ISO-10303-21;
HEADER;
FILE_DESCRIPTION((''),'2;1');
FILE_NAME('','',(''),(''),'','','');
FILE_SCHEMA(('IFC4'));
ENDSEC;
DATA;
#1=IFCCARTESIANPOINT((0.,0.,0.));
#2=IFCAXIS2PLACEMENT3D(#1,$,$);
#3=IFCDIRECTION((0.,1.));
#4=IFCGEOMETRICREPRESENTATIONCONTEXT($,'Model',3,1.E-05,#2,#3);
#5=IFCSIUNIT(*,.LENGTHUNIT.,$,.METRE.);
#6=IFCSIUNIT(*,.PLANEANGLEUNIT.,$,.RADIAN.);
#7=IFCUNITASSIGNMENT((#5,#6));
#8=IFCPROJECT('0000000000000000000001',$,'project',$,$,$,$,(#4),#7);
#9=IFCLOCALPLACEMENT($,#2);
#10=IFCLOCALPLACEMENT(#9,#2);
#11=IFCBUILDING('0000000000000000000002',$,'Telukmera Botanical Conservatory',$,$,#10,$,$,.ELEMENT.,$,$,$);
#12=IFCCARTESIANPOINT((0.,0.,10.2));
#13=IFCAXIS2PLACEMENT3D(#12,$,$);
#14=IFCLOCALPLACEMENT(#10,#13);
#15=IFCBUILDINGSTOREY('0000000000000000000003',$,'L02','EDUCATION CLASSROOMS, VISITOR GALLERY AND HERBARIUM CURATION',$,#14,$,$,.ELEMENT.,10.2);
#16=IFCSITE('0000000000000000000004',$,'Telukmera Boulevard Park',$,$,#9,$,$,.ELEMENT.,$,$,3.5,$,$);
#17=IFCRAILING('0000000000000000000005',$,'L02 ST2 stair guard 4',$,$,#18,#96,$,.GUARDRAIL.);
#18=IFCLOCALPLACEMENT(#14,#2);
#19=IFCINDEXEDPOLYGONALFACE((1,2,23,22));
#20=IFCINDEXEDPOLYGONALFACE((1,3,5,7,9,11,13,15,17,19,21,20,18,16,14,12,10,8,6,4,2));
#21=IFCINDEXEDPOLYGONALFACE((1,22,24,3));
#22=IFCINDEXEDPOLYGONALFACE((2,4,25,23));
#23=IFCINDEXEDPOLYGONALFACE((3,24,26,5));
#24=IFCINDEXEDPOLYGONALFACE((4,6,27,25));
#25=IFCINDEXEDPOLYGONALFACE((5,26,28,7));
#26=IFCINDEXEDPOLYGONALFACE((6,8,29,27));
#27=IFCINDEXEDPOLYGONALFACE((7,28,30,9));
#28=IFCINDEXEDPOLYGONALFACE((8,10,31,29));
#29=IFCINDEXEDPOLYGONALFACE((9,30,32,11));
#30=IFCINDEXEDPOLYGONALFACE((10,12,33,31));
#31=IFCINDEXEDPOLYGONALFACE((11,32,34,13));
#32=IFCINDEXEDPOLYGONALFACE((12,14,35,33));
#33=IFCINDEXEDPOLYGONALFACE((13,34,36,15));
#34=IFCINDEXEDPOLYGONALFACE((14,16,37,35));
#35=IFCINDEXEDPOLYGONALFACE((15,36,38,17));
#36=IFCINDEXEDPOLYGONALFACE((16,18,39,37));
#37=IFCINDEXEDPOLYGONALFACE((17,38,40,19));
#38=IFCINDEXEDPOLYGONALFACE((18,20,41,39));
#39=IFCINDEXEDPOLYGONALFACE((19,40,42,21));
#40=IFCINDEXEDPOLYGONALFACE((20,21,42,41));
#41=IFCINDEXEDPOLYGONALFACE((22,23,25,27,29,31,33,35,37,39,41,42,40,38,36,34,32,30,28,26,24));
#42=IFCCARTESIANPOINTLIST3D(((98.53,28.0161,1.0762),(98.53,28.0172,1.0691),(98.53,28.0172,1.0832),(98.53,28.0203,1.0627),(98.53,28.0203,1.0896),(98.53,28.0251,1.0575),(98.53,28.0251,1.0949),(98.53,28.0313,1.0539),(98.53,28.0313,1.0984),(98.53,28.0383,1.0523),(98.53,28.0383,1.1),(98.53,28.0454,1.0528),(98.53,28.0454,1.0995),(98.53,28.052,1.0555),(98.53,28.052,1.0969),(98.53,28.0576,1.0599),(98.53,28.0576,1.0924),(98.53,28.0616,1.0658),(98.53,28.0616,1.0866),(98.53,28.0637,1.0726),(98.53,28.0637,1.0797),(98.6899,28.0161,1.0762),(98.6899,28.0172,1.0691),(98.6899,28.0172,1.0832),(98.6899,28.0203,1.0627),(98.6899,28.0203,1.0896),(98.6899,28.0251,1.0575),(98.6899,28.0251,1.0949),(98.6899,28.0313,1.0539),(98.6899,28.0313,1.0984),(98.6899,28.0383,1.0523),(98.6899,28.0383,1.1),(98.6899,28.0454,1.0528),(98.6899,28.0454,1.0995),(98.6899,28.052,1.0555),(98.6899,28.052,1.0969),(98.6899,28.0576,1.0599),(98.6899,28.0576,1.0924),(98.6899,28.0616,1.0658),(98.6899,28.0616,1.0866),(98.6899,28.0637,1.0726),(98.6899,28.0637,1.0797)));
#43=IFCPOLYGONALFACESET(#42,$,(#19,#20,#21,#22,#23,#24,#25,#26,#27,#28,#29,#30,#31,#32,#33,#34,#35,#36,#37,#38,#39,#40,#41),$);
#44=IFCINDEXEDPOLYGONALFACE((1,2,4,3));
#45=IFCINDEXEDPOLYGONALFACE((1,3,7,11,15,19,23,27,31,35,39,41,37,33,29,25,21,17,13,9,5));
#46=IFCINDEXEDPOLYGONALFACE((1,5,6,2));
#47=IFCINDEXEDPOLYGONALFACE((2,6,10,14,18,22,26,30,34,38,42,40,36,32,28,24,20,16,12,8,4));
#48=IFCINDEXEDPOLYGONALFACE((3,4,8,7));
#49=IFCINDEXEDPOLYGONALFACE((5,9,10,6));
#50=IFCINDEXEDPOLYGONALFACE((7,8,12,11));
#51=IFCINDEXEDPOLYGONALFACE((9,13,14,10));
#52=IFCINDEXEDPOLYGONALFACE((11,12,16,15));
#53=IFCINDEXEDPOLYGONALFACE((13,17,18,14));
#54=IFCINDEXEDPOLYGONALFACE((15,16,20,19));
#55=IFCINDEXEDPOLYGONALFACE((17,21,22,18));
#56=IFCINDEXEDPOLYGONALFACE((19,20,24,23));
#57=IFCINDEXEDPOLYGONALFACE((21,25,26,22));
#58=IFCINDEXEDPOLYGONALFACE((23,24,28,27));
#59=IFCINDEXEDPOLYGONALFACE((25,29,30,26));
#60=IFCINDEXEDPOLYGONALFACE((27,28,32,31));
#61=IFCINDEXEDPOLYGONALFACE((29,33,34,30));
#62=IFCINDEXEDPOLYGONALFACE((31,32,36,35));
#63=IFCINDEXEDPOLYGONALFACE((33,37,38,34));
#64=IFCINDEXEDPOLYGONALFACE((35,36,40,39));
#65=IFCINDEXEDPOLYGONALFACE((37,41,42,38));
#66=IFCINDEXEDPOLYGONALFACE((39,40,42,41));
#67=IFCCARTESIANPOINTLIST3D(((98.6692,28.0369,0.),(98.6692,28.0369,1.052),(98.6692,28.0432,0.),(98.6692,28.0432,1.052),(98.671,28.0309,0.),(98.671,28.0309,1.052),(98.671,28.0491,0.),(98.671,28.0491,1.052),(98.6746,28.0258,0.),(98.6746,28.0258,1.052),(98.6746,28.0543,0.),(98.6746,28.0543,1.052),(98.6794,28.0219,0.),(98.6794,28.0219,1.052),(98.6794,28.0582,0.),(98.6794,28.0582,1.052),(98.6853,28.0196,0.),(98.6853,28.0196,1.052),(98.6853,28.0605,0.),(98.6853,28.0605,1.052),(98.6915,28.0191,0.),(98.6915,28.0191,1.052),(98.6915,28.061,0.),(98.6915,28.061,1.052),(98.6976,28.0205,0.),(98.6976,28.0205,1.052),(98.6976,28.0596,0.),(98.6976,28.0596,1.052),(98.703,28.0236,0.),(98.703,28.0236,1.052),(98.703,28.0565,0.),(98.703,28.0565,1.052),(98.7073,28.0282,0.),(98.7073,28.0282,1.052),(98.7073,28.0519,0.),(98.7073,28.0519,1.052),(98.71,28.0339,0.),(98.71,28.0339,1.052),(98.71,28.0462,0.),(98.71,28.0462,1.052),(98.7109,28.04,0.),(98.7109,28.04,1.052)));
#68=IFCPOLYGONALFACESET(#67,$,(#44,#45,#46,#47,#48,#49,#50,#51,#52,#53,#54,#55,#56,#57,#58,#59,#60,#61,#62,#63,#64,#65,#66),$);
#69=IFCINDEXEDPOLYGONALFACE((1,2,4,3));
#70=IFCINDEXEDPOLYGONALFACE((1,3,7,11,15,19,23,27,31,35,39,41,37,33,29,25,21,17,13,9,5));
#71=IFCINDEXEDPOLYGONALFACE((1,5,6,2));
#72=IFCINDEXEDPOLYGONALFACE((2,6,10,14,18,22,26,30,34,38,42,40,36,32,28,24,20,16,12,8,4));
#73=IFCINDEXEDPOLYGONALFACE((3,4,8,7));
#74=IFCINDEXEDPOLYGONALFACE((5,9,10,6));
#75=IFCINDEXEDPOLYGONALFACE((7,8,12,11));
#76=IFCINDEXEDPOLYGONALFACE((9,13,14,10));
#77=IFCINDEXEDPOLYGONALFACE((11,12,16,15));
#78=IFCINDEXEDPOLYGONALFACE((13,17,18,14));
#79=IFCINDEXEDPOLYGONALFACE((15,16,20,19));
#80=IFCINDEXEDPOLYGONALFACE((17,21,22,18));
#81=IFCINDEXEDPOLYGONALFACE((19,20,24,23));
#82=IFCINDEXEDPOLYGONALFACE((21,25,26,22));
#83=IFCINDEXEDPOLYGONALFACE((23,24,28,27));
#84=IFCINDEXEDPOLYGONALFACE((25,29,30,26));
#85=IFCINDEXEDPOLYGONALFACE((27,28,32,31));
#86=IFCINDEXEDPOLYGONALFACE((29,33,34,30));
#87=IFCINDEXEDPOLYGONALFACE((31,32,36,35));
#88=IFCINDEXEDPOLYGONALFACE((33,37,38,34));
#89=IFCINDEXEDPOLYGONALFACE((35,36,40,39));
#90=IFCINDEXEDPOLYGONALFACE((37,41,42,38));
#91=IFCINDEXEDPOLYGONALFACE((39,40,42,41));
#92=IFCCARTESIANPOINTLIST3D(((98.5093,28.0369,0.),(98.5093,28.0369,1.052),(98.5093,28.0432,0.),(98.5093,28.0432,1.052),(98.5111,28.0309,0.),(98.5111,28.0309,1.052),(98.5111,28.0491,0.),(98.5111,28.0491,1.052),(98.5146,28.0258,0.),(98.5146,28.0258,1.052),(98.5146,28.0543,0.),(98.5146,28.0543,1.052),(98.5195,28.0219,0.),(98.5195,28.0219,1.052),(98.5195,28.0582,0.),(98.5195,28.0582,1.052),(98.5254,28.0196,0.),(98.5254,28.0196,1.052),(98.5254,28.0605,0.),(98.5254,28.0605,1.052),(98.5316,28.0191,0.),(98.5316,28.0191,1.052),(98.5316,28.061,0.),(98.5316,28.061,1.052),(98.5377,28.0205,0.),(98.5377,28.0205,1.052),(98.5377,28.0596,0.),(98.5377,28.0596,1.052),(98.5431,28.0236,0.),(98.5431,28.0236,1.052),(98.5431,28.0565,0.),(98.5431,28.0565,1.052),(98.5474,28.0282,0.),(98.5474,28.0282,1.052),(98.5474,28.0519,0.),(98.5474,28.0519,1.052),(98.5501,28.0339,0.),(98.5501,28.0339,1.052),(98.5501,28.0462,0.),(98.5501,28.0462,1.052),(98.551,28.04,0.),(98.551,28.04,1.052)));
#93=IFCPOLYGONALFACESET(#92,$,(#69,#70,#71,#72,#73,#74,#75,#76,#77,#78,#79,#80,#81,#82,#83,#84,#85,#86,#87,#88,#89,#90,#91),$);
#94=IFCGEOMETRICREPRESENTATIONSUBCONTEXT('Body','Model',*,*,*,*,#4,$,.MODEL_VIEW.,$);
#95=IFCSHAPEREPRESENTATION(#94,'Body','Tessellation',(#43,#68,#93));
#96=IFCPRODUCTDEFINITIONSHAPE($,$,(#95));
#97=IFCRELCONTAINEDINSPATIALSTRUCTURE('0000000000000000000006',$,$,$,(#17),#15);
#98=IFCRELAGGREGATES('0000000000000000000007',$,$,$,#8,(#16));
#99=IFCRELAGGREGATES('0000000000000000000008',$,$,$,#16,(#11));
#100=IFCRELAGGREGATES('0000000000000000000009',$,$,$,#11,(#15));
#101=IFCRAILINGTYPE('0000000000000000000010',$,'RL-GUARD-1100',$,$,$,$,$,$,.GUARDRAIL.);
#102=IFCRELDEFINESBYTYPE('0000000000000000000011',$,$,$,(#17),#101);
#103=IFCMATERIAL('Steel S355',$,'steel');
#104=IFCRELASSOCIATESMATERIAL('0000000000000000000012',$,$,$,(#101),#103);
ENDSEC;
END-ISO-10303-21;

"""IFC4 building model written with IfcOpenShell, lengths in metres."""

from ifc_helpers import new_model, si_unit, direction, frame, origin, origin_2d, place, context, subcontext, project, spatial, circle, extrude, material, type_object, element, save


model = new_model("IFC4")

# Units and contexts
model_context = context("Model", 3, precision=1e-05, world=origin(), true_north=direction((0.0, 1.0)))
body_context = subcontext(model_context, "Body", "Model", "MODEL_VIEW")
ifc_project = project(units=[si_unit("LENGTHUNIT", "METRE"), si_unit("PLANEANGLEUNIT", "RADIAN")], contexts=[model_context])

# Site, building, storey
site_placement = place(None, origin())
site = spatial("IfcSite", under=ifc_project, at=site_placement, Name="Telukmera Boulevard Park", CompositionType="ELEMENT", RefElevation=3.5)
building_placement = place(site_placement, origin())
building = spatial("IfcBuilding", under=site, at=building_placement, Name="Telukmera Botanical Conservatory", CompositionType="ELEMENT")
storey_placement = place(building_placement, frame((0.0, 0.0, 10.2)))
storey = spatial("IfcBuildingStorey", under=building, at=storey_placement, Name="L02", Description="EDUCATION CLASSROOMS, VISITOR GALLERY AND HERBARIUM CURATION", CompositionType="ELEMENT", Elevation=10.2)

# Railing
ifc_material_1 = material(Name="Steel S355", Category="steel")
railing_type_1 = type_object("IfcRailingType", Name="RL-GUARD-1100", PredefinedType="GUARDRAIL", material=ifc_material_1)
railing_1_placement = place(storey_placement, frame((98.6899, 28.04, 0.0)))
element("IfcRailing", 1, at=railing_1_placement, inside=storey, type_object=railing_type_1, Name="L02 ST2 stair guard 4", PredefinedType="GUARDRAIL", context=body_context, shape_type="SweptSolid", body=[
    extrude(circle(Radius=0.0239, at=origin_2d()), frame((0.0, 0.0, 1.0762), z_axis=(-1.0, 0.0, 0.0), x_axis=(0.0, -1.0, 0.0)), (0.0, 0.0, 1.0), 0.1599),
    extrude(circle(Radius=0.021, at=origin_2d()), origin(), (0.0, 0.0, 1.0), 1.052),
    extrude(circle(Radius=0.021, at=origin_2d()), frame((-0.1599, 0.0, 0.0)), (0.0, 0.0, 1.0), 1.052),
])

save(model, "model.ifc")
